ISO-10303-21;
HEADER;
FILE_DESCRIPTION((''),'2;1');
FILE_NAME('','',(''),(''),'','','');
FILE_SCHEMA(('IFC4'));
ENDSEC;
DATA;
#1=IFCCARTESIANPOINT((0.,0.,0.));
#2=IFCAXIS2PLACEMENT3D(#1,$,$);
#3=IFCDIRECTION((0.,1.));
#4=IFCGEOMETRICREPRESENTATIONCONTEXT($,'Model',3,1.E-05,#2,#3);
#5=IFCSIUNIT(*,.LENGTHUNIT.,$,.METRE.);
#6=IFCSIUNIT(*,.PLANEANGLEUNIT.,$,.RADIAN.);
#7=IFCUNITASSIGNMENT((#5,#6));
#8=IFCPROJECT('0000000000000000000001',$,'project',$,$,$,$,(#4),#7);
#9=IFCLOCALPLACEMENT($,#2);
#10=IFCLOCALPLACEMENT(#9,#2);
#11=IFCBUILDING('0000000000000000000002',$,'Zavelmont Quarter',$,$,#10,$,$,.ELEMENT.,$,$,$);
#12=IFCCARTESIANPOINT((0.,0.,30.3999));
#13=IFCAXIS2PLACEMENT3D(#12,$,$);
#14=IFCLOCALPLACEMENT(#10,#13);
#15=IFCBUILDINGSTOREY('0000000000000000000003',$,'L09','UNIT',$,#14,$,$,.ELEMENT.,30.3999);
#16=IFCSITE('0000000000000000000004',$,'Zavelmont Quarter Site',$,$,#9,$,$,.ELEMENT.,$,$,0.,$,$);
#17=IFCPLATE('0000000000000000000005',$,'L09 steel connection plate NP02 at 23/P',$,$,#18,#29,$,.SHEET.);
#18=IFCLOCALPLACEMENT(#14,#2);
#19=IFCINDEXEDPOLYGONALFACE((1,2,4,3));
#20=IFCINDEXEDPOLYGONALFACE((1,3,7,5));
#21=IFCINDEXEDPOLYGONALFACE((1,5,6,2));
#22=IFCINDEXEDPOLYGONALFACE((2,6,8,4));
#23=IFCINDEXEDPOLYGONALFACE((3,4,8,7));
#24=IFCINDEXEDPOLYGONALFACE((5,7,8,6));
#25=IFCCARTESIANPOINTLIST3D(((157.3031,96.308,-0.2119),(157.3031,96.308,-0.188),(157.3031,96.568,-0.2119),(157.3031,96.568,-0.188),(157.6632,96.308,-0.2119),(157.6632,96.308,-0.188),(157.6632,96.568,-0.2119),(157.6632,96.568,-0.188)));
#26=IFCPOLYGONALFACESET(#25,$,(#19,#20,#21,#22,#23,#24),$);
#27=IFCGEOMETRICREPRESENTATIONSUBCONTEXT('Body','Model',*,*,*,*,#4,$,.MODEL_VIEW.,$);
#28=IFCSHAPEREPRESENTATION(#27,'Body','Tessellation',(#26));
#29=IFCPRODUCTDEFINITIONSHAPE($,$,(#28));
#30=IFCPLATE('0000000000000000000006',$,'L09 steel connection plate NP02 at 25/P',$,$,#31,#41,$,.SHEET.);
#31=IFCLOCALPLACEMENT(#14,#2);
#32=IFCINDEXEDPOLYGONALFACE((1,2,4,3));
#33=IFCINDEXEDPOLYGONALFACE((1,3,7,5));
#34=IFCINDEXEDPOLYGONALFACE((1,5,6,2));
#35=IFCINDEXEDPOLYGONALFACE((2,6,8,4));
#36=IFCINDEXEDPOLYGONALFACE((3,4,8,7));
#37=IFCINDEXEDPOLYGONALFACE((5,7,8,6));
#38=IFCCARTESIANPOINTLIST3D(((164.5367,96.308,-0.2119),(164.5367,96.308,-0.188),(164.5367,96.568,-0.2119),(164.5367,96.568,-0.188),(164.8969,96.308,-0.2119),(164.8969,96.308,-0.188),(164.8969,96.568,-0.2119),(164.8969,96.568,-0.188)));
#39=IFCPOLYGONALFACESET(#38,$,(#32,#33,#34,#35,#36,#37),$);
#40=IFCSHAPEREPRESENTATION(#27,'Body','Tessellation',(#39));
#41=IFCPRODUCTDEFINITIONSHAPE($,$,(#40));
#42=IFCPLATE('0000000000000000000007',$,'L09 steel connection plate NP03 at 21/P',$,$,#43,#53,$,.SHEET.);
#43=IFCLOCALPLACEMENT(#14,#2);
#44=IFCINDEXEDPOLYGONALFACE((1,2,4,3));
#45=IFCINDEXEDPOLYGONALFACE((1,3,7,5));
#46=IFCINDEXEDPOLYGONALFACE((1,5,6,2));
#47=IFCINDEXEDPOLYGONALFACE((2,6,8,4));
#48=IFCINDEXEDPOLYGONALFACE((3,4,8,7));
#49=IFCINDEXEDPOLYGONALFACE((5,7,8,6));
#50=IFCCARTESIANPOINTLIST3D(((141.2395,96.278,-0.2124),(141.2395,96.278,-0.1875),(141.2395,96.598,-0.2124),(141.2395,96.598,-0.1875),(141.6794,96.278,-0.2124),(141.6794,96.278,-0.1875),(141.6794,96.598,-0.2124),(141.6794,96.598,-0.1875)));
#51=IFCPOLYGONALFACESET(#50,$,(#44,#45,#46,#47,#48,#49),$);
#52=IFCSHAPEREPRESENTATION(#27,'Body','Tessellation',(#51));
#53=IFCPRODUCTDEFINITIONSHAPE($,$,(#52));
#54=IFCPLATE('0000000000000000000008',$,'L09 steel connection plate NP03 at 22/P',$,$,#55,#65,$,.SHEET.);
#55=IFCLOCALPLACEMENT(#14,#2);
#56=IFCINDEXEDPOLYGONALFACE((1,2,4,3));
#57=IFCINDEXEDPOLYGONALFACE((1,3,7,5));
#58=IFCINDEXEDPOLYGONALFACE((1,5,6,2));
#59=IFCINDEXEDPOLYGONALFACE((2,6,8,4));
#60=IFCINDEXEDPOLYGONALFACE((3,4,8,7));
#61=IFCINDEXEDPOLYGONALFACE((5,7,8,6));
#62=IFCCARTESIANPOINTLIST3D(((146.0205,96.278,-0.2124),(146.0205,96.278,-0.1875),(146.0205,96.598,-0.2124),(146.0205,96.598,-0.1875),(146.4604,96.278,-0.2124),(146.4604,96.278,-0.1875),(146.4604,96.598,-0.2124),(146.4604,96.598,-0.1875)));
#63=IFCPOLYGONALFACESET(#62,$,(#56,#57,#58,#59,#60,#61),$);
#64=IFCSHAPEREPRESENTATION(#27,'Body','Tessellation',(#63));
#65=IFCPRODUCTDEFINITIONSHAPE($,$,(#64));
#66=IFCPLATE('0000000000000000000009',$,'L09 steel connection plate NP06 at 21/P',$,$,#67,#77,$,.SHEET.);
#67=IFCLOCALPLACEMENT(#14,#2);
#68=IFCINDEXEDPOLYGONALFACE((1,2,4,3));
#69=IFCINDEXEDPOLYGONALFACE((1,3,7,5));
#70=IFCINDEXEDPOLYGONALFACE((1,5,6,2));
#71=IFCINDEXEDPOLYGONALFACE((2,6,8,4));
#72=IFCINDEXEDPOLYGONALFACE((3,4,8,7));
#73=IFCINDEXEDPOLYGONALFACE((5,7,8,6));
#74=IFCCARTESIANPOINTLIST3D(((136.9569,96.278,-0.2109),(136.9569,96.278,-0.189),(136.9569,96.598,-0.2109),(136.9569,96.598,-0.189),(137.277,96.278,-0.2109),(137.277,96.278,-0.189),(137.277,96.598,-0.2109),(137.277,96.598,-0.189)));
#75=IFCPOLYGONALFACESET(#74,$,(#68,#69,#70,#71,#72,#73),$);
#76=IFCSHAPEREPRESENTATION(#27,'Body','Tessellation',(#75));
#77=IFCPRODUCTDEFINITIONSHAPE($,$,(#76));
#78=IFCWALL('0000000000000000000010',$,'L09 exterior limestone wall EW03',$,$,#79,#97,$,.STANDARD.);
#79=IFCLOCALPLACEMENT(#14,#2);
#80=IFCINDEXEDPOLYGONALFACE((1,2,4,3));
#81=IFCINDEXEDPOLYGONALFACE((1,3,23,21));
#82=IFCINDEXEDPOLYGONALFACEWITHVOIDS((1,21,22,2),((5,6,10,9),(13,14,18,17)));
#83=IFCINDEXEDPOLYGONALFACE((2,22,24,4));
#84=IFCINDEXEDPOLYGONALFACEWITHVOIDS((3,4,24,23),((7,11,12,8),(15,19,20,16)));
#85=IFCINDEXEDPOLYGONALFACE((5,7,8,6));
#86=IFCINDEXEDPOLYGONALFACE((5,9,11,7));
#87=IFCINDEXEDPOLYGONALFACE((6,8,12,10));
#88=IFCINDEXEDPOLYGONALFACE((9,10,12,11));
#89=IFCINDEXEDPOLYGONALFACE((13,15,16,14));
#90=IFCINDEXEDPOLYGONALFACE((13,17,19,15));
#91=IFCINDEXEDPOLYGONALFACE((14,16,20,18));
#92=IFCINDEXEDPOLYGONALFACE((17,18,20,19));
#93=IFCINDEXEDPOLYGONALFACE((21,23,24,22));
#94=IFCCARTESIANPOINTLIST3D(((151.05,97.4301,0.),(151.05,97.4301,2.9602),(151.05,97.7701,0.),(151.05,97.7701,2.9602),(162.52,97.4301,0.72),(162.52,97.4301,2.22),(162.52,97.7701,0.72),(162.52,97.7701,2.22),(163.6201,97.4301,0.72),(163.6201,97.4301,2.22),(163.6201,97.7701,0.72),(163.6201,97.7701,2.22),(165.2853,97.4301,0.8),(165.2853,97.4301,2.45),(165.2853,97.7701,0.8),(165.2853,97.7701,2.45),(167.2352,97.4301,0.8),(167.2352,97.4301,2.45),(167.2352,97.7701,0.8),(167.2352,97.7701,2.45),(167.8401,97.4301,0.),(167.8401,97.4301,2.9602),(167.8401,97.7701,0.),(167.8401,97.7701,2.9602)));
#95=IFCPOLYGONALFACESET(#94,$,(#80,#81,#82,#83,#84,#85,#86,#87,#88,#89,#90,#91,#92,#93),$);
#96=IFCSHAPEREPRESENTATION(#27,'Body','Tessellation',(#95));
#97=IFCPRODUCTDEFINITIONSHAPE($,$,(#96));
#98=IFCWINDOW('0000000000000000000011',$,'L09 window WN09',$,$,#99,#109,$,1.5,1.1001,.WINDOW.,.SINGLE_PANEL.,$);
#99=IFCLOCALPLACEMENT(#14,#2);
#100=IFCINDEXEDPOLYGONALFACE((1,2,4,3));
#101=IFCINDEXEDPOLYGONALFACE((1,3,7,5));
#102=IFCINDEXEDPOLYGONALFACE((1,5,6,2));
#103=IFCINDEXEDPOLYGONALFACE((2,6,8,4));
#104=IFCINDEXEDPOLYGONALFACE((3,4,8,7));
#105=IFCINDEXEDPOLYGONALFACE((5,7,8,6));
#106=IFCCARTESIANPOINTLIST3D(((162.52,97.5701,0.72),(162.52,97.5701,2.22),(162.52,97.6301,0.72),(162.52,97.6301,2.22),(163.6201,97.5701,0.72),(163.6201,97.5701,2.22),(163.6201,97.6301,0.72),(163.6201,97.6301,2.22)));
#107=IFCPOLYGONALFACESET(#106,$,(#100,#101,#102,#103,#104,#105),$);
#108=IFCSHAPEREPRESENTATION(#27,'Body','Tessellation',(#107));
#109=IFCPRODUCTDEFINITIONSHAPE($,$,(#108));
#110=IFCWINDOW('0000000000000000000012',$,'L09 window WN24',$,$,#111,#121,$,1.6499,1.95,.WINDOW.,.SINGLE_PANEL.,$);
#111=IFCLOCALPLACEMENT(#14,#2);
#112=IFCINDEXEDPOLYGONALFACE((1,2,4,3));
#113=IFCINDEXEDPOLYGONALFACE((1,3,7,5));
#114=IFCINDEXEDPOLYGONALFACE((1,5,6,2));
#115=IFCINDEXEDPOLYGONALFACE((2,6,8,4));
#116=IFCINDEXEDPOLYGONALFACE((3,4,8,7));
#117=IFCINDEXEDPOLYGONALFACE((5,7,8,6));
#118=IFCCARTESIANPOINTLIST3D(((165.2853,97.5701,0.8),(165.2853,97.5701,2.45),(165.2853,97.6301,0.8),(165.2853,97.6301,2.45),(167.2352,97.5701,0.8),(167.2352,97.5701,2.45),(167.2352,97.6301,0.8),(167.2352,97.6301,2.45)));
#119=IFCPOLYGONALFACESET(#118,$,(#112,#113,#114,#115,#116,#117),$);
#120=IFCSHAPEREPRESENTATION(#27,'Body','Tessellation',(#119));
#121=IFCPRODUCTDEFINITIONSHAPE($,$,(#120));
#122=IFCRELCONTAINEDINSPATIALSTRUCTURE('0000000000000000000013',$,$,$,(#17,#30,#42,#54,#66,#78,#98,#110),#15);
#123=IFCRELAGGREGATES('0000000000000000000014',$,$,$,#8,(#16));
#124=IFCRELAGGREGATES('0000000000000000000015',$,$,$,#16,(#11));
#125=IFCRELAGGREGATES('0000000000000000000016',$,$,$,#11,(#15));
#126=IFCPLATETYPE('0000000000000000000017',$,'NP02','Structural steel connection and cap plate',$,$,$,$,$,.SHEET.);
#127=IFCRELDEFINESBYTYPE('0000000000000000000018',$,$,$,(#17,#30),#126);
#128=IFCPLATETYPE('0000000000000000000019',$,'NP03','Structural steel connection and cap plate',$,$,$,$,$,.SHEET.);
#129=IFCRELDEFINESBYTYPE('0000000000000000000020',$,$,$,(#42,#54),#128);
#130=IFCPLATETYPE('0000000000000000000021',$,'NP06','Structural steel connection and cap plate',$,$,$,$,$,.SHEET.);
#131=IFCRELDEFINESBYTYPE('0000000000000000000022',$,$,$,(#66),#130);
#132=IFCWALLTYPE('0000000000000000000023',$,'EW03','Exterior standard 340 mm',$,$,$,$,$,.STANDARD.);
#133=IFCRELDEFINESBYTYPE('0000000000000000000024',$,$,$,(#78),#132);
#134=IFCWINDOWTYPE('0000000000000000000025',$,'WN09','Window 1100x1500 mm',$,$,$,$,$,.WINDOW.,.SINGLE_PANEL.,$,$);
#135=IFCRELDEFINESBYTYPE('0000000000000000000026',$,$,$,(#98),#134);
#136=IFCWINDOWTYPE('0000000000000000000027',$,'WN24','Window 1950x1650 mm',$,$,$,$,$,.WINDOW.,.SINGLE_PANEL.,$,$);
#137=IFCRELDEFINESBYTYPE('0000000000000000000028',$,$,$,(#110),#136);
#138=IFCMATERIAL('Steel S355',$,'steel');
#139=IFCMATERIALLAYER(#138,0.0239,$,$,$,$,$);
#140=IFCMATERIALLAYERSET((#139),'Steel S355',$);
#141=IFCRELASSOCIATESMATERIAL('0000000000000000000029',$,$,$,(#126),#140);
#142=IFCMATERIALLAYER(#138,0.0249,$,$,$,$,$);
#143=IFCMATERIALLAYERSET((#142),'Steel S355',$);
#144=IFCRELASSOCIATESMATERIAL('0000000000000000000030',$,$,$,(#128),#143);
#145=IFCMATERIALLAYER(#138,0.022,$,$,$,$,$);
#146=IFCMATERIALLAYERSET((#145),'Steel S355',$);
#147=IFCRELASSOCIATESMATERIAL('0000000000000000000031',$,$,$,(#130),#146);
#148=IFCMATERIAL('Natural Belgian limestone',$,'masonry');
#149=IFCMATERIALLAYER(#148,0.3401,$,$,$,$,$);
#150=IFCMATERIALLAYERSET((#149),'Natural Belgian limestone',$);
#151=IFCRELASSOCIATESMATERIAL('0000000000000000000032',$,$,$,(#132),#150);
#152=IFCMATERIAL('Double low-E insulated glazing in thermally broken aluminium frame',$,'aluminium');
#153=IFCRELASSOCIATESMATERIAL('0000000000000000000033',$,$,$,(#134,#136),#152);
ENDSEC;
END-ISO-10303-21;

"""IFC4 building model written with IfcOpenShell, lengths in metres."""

from ifc_helpers import new_model, si_unit, direction, frame, frame_2d, origin, origin_with_axes, origin_2d, place, context, subcontext, project, spatial, rectangle, extrude, material, layer, layer_set, type_object, element, fill, save


model = new_model("IFC4")

# Units and contexts
model_context = context("Model", 3, precision=1e-05, world=origin(), true_north=direction((0.0, 1.0)))
body_context = subcontext(model_context, "Body", "Model", "MODEL_VIEW")
ifc_project = project(units=[si_unit("LENGTHUNIT", "METRE"), si_unit("PLANEANGLEUNIT", "RADIAN")], contexts=[model_context])

# Site, building, storey
site_placement = place(None, origin())
site = spatial("IfcSite", under=ifc_project, at=site_placement, Name="Zavelmont Quarter Site", CompositionType="ELEMENT", RefElevation=0.0)
building_placement = place(site_placement, origin())
building = spatial("IfcBuilding", under=site, at=building_placement, Name="Zavelmont Quarter", CompositionType="ELEMENT")
storey_placement = place(building_placement, frame((0.0, 0.0, 30.3999)))
storey = spatial("IfcBuildingStorey", under=building, at=storey_placement, Name="L09", Description="UNIT", CompositionType="ELEMENT", Elevation=30.3999)

# Plates
ifc_material_1 = material(Name="Steel S355", Category="steel")
ifc_layer_1 = layer(ifc_material_1, 0.0239)
ifc_layer_set_1 = layer_set([ifc_layer_1], Name="Steel S355")
plate_type_1 = type_object("IfcPlateType", Name="NP02", Description="Structural steel connection and cap plate", PredefinedType="SHEET", material=ifc_layer_set_1)
for number, where, z_axis, x_axis, name in (
    (1, (157.4832, 96.438, -0.2119), (0.0, 0.0, 1.0), (1.0, 0.0, 0.0), "L09 steel connection plate NP02 at 23/P"),
    (2, (164.7168, 96.438, -0.2119), (0.0, 0.0, 1.0), (1.0, 0.0, 0.0), "L09 steel connection plate NP02 at 25/P"),
):
    element("IfcPlate", number, at=place(storey_placement, frame(where, z_axis=z_axis, x_axis=x_axis)), inside=storey, type_object=plate_type_1, Name=name, PredefinedType="SHEET", context=body_context, shape_type="SweptSolid", body=[
        extrude(rectangle(XDim=0.3601, YDim=0.26, at=origin_2d()), origin(), (0.0, 0.0, 1.0), 0.0239),
    ])
ifc_layer_2 = layer(ifc_material_1, 0.0249)
ifc_layer_set_2 = layer_set([ifc_layer_2], Name="Steel S355")
plate_type_2 = type_object("IfcPlateType", Name="NP03", Description="Structural steel connection and cap plate", PredefinedType="SHEET", material=ifc_layer_set_2)
for number, where, z_axis, x_axis, name in (
    (3, (141.4595, 96.438, -0.2124), (0.0, 0.0, 1.0), (1.0, 0.0, 0.0), "L09 steel connection plate NP03 at 21/P"),
    (4, (146.2405, 96.438, -0.2124), (0.0, 0.0, 1.0), (1.0, 0.0, 0.0), "L09 steel connection plate NP03 at 22/P"),
):
    element("IfcPlate", number, at=place(storey_placement, frame(where, z_axis=z_axis, x_axis=x_axis)), inside=storey, type_object=plate_type_2, Name=name, PredefinedType="SHEET", context=body_context, shape_type="SweptSolid", body=[
        extrude(rectangle(XDim=0.4399, YDim=0.3201, at=origin_2d()), origin(), (0.0, 0.0, 1.0), 0.0249),
    ])
ifc_layer_3 = layer(ifc_material_1, 0.022)
ifc_layer_set_3 = layer_set([ifc_layer_3], Name="Steel S355")
plate_type_3 = type_object("IfcPlateType", Name="NP06", Description="Structural steel connection and cap plate", PredefinedType="SHEET", material=ifc_layer_set_3)
plate_placement = place(storey_placement, frame((137.1169, 96.438, -0.2109), z_axis=(0.0, 0.0, 1.0), x_axis=(1.0, 0.0, 0.0)))
element("IfcPlate", 5, at=plate_placement, inside=storey, type_object=plate_type_3, Name="L09 steel connection plate NP06 at 21/P", PredefinedType="SHEET", context=body_context, shape_type="SweptSolid", body=[
    extrude(rectangle(XDim=0.3201, YDim=0.3201, at=origin_2d()), origin(), (0.0, 0.0, 1.0), 0.022),
])

# Wall, openings, windows
ifc_material_2 = material(Name="Natural Belgian limestone", Category="masonry")
ifc_layer_4 = layer(ifc_material_2, 0.3401)
ifc_layer_set_4 = layer_set([ifc_layer_4], Name="Natural Belgian limestone")
wall_type_1 = type_object("IfcWallType", Name="EW03", Description="Exterior standard 340 mm", PredefinedType="STANDARD", material=ifc_layer_set_4)
wall_1_placement = place(storey_placement, frame((151.05, 97.6001, 0.0), z_axis=(0.0, 0.0, 1.0), x_axis=(1.0, 0.0, 0.0)))
wall_1 = element("IfcWall", 6, at=wall_1_placement, inside=storey, type_object=wall_type_1, Name="L09 exterior limestone wall EW03", PredefinedType="STANDARD", context=body_context, shape_type="SweptSolid", body=[
    extrude(rectangle(XDim=16.79, YDim=0.3401, at=frame_2d((8.395, 0.0))), origin(), (0.0, 0.0, 1.0), 2.9602),
])
opening_1_placement = place(wall_1_placement, frame((11.47, 0.0, 0.72)))
opening_1 = element("IfcOpeningElement", 7, at=opening_1_placement, cuts=wall_1, PredefinedType="OPENING", context=body_context, shape_type="SweptSolid", body=[
    extrude(rectangle(XDim=1.1001, YDim=1.5, at=frame_2d((0.55, 0.75))), frame((0.0, 0.1821, 0.0), z_axis=(0.0, -1.0, 0.0), x_axis=(1.0, 0.0, 0.0)), (0.0, 0.0, 1.0), 0.364),
])
opening_2_placement = place(wall_1_placement, frame((14.2351, 0.0, 0.8)))
opening_2 = element("IfcOpeningElement", 8, at=opening_2_placement, cuts=wall_1, PredefinedType="OPENING", context=body_context, shape_type="SweptSolid", body=[
    extrude(rectangle(XDim=1.95, YDim=1.6499, at=frame_2d((0.9751, 0.825))), frame((0.0, 0.1821, 0.0), z_axis=(0.0, -1.0, 0.0), x_axis=(1.0, 0.0, 0.0)), (0.0, 0.0, 1.0), 0.364),
])
ifc_material_3 = material(Name="Double low-E insulated glazing in thermally broken aluminium frame", Category="aluminium")
window_type_1 = type_object("IfcWindowType", Name="WN09", Description="Window 1100x1500 mm", PartitioningType="SINGLE_PANEL", PredefinedType="WINDOW", material=ifc_material_3)
window_1_placement = place(opening_1_placement, origin_with_axes())
window_1 = element("IfcWindow", 9, at=window_1_placement, inside=storey, type_object=window_type_1, Name="L09 window WN09", OverallHeight=1.5, OverallWidth=1.1001, PartitioningType="SINGLE_PANEL", PredefinedType="WINDOW", context=body_context, shape_type="SweptSolid", body=[
    extrude(rectangle(XDim=1.1001, YDim=1.5, at=frame_2d((0.55, 0.75))), frame((0.0, 0.03, 0.0), z_axis=(0.0, -1.0, 0.0), x_axis=(1.0, 0.0, 0.0)), (0.0, 0.0, 1.0), 0.0601),
])
fill(opening_1, window_1)
window_type_2 = type_object("IfcWindowType", Name="WN24", Description="Window 1950x1650 mm", PartitioningType="SINGLE_PANEL", PredefinedType="WINDOW", material=ifc_material_3)
window_2_placement = place(opening_2_placement, origin_with_axes())
window_2 = element("IfcWindow", 10, at=window_2_placement, inside=storey, type_object=window_type_2, Name="L09 window WN24", OverallHeight=1.6499, OverallWidth=1.95, PartitioningType="SINGLE_PANEL", PredefinedType="WINDOW", context=body_context, shape_type="SweptSolid", body=[
    extrude(rectangle(XDim=1.95, YDim=1.6499, at=frame_2d((0.9751, 0.825))), frame((0.0, 0.03, 0.0), z_axis=(0.0, -1.0, 0.0), x_axis=(1.0, 0.0, 0.0)), (0.0, 0.0, 1.0), 0.0601),
])
fill(opening_2, window_2)

save(model, "model.ifc")
